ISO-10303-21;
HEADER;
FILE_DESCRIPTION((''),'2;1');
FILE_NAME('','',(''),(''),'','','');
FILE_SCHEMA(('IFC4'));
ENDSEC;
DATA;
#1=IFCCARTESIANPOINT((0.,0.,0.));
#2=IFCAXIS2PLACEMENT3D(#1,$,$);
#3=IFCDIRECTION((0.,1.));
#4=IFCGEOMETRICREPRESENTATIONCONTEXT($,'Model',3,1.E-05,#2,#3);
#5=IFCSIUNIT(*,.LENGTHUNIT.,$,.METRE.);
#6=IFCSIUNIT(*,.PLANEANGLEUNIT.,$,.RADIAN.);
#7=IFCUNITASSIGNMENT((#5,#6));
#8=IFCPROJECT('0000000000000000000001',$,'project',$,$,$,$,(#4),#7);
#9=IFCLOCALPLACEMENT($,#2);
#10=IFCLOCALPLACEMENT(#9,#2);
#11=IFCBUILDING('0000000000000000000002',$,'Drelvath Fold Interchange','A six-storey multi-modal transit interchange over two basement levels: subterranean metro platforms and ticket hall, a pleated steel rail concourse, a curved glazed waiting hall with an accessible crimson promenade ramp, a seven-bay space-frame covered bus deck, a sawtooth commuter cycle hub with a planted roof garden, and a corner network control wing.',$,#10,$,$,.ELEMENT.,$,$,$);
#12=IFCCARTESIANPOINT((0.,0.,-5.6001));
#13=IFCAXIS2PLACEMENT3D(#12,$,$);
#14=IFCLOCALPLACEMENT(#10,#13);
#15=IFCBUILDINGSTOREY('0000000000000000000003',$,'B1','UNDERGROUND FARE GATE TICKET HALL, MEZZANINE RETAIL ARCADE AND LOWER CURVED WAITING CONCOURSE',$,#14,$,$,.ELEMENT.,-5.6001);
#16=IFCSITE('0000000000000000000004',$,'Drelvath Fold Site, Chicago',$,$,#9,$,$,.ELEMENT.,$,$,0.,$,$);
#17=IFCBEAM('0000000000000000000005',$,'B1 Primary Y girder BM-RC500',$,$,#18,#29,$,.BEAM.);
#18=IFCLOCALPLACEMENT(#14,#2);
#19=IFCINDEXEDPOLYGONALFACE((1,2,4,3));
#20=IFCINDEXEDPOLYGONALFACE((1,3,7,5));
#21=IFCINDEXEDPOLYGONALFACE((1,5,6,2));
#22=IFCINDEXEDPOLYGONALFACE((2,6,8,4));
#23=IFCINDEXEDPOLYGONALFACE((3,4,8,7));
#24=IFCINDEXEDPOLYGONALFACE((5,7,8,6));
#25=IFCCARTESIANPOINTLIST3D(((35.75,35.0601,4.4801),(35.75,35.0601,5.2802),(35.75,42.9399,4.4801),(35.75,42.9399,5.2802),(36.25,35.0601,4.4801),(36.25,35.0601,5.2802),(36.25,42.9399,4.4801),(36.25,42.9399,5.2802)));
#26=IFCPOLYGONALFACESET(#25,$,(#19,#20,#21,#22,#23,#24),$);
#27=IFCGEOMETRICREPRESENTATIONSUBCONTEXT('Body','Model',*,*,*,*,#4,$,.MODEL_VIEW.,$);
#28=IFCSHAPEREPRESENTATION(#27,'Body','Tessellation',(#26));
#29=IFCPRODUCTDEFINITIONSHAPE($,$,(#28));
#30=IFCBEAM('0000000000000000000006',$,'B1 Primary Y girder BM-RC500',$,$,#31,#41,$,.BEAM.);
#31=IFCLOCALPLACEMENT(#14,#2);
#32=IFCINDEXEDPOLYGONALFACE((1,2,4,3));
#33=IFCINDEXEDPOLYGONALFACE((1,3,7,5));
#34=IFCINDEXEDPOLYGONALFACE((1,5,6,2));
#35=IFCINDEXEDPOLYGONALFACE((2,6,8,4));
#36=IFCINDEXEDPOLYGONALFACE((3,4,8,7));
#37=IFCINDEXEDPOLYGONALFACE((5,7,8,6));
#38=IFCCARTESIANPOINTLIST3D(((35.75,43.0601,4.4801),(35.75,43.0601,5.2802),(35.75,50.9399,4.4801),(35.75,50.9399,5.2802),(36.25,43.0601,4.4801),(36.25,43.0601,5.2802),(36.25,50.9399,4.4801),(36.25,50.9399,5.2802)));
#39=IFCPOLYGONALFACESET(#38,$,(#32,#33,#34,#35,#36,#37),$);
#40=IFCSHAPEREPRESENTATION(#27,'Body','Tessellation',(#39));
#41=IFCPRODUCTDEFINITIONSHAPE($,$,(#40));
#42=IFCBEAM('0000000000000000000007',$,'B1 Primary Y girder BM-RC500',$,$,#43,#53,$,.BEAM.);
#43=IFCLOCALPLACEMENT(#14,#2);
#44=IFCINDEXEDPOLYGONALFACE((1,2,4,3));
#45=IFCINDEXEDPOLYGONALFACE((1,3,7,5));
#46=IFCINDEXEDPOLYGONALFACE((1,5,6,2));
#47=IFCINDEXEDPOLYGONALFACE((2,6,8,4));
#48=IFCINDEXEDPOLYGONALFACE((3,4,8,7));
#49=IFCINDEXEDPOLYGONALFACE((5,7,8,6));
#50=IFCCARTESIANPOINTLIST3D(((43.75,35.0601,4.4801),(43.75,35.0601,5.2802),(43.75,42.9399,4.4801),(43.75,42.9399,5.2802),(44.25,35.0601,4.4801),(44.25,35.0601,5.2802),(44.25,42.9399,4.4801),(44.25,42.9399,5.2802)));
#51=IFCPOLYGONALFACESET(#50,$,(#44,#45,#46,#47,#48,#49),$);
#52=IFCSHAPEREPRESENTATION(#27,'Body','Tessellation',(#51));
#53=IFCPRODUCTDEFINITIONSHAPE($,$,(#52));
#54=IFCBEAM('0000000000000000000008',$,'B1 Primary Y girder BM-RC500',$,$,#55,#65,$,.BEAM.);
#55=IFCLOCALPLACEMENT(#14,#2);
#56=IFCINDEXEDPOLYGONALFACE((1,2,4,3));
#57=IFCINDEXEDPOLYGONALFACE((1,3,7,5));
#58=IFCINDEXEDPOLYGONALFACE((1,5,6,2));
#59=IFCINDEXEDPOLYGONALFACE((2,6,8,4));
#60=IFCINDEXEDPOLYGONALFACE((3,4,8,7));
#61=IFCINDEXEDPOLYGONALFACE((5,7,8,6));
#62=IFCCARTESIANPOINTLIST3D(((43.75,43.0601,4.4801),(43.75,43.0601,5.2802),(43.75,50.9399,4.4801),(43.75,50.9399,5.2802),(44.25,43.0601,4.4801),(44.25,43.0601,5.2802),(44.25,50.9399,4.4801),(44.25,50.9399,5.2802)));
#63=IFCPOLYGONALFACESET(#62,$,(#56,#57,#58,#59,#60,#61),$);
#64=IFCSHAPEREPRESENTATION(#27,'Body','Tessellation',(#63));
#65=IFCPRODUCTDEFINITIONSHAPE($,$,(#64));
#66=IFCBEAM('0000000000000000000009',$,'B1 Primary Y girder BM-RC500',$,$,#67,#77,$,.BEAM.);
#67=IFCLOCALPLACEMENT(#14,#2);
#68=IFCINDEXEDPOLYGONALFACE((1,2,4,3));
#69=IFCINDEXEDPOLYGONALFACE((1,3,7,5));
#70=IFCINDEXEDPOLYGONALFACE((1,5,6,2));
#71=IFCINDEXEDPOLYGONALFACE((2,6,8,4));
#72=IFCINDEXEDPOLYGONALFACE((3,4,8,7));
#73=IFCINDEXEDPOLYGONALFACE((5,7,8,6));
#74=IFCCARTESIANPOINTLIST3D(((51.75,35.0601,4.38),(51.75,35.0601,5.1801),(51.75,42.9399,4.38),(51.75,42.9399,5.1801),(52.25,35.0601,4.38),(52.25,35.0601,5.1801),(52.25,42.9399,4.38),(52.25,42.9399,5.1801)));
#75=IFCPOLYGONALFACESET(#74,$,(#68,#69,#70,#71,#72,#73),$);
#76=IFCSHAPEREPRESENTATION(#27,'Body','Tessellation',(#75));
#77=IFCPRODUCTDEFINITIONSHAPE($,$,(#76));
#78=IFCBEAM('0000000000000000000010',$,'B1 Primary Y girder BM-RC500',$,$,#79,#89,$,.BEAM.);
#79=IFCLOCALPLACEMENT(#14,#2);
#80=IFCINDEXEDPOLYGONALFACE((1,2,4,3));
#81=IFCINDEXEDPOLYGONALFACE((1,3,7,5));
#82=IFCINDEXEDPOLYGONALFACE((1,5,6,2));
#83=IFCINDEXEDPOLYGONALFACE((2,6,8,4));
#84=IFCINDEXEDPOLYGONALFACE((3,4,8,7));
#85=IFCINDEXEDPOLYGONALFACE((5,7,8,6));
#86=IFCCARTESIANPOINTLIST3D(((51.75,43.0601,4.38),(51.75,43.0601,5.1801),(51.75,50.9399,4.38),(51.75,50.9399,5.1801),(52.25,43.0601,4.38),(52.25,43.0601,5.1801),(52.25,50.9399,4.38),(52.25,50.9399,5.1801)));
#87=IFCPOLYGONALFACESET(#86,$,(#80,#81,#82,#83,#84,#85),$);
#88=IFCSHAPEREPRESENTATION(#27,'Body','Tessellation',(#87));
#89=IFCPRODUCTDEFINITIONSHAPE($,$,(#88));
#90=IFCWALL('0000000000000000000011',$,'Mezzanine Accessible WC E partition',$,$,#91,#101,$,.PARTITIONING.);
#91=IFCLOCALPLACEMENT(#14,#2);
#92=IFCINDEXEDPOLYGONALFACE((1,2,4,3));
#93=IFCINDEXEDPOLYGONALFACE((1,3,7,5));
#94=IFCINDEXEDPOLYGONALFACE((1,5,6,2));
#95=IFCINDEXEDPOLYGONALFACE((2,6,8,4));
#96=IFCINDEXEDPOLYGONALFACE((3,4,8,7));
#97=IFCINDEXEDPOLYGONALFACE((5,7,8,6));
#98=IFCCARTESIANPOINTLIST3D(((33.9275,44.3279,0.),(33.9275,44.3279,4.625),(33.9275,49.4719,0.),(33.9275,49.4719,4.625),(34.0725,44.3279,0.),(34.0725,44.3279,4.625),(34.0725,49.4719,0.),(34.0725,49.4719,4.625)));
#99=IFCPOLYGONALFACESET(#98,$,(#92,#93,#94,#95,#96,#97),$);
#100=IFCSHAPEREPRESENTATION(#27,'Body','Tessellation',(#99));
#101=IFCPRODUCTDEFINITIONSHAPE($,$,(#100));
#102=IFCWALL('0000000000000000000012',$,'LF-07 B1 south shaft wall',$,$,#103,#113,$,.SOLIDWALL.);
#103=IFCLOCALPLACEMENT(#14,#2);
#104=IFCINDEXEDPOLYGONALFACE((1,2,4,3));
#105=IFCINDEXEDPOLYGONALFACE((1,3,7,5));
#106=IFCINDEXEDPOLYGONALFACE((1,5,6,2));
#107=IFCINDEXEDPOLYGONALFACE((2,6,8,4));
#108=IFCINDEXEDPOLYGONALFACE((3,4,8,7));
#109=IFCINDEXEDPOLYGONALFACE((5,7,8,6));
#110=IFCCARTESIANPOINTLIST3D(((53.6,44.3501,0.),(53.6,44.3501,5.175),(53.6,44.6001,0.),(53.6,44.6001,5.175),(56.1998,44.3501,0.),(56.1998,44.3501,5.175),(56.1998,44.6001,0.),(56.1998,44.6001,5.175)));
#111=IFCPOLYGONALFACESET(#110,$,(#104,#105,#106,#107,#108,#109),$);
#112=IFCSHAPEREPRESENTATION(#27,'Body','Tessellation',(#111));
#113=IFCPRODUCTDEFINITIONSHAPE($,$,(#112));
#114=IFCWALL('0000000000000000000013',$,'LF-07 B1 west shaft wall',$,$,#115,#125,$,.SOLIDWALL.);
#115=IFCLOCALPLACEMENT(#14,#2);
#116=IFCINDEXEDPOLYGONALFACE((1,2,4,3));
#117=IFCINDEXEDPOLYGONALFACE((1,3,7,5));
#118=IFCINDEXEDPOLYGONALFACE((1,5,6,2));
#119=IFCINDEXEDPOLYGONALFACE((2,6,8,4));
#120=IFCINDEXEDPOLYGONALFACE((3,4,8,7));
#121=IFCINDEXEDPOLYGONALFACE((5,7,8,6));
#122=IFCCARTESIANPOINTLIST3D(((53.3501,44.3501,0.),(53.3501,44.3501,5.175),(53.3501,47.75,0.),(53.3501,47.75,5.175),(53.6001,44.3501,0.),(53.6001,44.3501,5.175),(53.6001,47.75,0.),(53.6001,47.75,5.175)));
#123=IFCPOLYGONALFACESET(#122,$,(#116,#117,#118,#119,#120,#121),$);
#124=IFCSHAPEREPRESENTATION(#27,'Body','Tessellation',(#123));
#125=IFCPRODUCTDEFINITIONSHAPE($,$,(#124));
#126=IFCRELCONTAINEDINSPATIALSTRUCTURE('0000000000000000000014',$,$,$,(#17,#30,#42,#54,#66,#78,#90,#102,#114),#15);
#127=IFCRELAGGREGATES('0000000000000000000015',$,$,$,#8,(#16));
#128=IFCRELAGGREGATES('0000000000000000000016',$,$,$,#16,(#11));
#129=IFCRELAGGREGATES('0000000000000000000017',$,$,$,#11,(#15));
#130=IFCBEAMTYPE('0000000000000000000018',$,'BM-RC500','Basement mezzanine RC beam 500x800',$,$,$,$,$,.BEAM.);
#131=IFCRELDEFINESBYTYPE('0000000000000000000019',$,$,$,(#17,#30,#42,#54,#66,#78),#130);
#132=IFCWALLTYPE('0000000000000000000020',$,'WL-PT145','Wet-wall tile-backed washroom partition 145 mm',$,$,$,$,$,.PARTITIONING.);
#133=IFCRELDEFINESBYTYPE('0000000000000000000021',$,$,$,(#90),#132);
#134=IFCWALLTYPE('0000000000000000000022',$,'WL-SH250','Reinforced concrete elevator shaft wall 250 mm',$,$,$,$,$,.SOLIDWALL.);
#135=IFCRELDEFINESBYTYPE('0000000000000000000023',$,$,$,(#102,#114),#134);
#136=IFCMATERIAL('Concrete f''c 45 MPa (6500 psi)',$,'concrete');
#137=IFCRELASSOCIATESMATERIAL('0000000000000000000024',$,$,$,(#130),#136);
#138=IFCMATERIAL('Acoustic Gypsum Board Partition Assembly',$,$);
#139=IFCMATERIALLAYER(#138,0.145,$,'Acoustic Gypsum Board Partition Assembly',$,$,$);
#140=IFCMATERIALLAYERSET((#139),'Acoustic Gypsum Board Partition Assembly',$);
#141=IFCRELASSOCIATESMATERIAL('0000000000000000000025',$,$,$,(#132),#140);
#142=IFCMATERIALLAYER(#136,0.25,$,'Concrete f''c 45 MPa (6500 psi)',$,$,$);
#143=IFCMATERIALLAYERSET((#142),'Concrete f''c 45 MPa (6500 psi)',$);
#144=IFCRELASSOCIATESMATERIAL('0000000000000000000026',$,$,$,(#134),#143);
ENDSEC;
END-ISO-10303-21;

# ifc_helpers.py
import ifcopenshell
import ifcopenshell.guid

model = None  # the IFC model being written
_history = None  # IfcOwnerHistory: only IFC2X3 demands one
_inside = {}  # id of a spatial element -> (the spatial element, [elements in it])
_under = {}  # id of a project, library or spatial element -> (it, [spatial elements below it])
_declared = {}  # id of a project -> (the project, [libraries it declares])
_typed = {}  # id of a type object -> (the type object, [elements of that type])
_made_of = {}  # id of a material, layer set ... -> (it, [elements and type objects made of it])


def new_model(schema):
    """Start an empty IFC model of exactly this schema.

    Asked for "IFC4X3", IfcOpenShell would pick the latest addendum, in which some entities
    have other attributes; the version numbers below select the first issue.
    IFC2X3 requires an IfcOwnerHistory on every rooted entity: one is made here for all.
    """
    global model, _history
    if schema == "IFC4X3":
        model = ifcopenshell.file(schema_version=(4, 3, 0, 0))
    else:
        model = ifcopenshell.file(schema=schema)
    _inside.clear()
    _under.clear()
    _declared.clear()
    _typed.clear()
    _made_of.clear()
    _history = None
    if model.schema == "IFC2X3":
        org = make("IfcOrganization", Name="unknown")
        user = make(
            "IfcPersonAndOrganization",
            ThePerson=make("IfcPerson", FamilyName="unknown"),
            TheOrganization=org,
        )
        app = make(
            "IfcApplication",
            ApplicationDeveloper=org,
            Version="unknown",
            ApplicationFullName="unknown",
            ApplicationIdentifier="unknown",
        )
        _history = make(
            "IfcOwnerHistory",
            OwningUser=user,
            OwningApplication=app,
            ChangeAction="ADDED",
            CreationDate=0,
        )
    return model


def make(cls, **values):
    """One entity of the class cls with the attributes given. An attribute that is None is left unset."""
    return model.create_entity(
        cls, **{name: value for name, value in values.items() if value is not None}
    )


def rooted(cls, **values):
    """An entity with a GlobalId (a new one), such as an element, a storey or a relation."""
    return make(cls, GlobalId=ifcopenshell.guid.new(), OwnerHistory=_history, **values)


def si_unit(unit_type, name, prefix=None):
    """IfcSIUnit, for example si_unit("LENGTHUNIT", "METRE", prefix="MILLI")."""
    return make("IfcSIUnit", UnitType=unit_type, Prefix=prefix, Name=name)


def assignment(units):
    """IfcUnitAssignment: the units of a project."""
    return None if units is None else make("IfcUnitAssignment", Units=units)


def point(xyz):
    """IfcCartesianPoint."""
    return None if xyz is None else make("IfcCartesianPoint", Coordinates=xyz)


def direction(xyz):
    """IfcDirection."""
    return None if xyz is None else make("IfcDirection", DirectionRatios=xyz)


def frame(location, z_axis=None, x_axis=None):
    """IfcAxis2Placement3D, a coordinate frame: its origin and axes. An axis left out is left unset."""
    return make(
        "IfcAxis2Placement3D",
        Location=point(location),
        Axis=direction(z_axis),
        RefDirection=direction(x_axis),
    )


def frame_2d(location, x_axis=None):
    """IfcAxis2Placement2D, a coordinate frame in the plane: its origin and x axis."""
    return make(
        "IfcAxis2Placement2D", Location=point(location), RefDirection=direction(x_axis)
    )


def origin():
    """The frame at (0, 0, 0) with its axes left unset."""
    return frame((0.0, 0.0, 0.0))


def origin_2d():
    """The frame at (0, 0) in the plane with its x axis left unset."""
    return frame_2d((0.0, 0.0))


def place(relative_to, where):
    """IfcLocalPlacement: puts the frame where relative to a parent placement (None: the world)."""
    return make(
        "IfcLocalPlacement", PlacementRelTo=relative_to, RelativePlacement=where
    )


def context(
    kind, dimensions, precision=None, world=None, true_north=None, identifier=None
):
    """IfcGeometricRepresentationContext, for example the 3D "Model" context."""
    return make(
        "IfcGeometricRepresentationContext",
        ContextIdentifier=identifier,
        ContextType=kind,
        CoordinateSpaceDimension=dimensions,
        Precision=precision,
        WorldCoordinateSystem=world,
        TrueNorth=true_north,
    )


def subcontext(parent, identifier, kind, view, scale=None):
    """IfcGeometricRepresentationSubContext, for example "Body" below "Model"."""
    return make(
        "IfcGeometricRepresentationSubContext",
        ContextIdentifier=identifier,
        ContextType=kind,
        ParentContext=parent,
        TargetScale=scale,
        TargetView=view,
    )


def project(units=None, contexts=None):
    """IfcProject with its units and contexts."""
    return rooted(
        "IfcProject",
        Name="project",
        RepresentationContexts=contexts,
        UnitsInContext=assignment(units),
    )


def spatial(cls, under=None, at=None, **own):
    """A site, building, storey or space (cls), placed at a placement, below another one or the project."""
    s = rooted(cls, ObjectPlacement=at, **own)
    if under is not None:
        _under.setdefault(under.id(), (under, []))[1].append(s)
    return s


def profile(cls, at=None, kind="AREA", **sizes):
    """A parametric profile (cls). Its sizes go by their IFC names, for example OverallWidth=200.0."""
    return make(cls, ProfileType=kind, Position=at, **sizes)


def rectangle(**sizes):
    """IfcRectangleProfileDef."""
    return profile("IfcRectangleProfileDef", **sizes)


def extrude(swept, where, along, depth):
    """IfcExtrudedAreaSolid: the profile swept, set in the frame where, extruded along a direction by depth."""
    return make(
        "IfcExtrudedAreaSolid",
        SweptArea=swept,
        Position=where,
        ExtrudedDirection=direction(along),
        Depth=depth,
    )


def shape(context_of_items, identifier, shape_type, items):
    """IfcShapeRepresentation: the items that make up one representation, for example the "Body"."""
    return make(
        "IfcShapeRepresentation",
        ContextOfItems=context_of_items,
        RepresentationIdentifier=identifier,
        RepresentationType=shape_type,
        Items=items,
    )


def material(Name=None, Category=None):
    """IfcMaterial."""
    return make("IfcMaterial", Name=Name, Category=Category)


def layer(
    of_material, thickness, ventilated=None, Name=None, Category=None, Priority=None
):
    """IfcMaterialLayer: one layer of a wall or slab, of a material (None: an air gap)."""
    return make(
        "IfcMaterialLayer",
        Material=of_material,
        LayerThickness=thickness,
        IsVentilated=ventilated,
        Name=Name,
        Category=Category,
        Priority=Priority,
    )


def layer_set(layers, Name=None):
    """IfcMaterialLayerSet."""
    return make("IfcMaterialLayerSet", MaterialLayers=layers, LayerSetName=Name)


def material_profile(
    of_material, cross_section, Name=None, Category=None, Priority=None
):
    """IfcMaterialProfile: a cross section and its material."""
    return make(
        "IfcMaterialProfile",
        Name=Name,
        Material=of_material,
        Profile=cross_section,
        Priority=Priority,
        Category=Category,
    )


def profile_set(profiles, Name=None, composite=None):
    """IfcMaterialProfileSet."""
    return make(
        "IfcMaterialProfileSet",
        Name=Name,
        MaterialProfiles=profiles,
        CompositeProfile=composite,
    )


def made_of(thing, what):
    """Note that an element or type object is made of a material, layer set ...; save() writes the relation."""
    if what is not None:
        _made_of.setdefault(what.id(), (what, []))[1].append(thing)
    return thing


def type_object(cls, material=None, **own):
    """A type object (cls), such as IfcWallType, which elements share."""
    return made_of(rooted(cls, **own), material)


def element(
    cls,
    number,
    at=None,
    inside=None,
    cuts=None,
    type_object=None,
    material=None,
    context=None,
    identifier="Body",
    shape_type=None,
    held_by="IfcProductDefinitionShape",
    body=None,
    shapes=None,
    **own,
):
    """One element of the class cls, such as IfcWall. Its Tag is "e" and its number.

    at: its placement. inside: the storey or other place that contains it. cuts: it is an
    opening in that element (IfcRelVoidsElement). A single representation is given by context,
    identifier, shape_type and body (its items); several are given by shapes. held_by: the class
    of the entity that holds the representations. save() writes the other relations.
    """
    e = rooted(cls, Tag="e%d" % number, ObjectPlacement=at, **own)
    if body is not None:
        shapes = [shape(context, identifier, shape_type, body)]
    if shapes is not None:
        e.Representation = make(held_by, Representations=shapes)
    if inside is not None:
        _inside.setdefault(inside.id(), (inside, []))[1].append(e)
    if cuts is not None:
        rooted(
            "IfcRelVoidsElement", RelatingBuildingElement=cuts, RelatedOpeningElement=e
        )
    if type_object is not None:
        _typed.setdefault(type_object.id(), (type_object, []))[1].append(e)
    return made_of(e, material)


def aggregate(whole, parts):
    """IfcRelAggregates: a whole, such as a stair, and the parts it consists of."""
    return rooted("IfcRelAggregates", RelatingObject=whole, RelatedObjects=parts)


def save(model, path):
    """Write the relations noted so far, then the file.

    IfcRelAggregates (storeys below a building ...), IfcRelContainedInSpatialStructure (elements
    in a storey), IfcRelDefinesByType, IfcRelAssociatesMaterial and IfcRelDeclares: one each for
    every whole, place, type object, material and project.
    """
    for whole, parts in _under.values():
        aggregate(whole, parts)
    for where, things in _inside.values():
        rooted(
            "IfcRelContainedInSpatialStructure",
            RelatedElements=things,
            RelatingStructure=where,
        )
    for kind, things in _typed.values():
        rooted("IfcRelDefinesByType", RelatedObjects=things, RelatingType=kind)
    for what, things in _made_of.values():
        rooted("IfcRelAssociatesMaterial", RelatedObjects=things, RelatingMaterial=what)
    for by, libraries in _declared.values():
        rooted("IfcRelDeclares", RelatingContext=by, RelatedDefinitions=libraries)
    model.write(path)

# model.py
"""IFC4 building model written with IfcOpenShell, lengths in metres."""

from ifc_helpers import new_model, si_unit, direction, frame, frame_2d, origin, origin_2d, place, context, subcontext, project, spatial, rectangle, extrude, material, layer, layer_set, material_profile, profile_set, type_object, element, save


model = new_model("IFC4")

# Units and contexts
model_context = context("Model", 3, precision=1e-05, world=origin(), true_north=direction((0.0, 1.0)))
body_context = subcontext(model_context, "Body", "Model", "MODEL_VIEW")
ifc_project = project(units=[si_unit("LENGTHUNIT", "METRE"), si_unit("PLANEANGLEUNIT", "RADIAN")], contexts=[model_context])

# Site, building, storey
site_placement = place(None, origin())
site = spatial("IfcSite", under=ifc_project, at=site_placement, Name="Drelvath Fold Site, Chicago", CompositionType="ELEMENT", RefElevation=0.0)
building_placement = place(site_placement, origin())
building = spatial("IfcBuilding", under=site, at=building_placement, Name="Drelvath Fold Interchange", Description="A six-storey multi-modal transit interchange over two basement levels: subterranean metro platforms and ticket hall, a pleated steel rail concourse, a curved glazed waiting hall with an accessible crimson promenade ramp, a seven-bay space-frame covered bus deck, a sawtooth commuter cycle hub with a planted roof garden, and a corner network control wing.", CompositionType="ELEMENT")
storey_placement = place(building_placement, frame((0.0, 0.0, -5.6001)))
storey = spatial("IfcBuildingStorey", under=building, at=storey_placement, Name="B1", Description="UNDERGROUND FARE GATE TICKET HALL, MEZZANINE RETAIL ARCADE AND LOWER CURVED WAITING CONCOURSE", CompositionType="ELEMENT", Elevation=-5.6001)

# Beams
ifc_material_1 = material(Name="Concrete f'c 45 MPa (6500 psi)", Category="concrete")
ifc_material_profile_1 = material_profile(ifc_material_1, rectangle(XDim=0.5, YDim=0.8, at=origin_2d()), Name="RC 500x800")
ifc_profile_set_1 = profile_set([ifc_material_profile_1], Name="Concrete f'c 45 MPa (6500 psi)")
beam_type_1 = type_object("IfcBeamType", Name="BM-RC500", Description="Basement mezzanine RC beam 500x800", PredefinedType="BEAM", material=ifc_profile_set_1)
for number, where, z_axis, x_axis, name in (
    (1, (36.0, 35.0601, 4.8801), (0.0, 1.0, 0.0), (-1.0, 0.0, 0.0), "B1 Primary Y girder BM-RC500"),
    (2, (36.0, 43.0601, 4.8801), (0.0, 1.0, 0.0), (-1.0, 0.0, 0.0), "B1 Primary Y girder BM-RC500"),
    (3, (44.0, 35.0601, 4.8801), (0.0, 1.0, 0.0), (-1.0, 0.0, 0.0), "B1 Primary Y girder BM-RC500"),
    (4, (44.0, 43.0601, 4.8801), (0.0, 1.0, 0.0), (-1.0, 0.0, 0.0), "B1 Primary Y girder BM-RC500"),
    (5, (52.0, 35.0601, 4.78), (0.0, 1.0, 0.0), (-1.0, 0.0, 0.0), "B1 Primary Y girder BM-RC500"),
    (6, (52.0, 43.0601, 4.78), (0.0, 1.0, 0.0), (-1.0, 0.0, 0.0), "B1 Primary Y girder BM-RC500"),
):
    element("IfcBeam", number, at=place(storey_placement, frame(where, z_axis=z_axis, x_axis=x_axis)), inside=storey, type_object=beam_type_1, Name=name, PredefinedType="BEAM", context=body_context, shape_type="SweptSolid", body=[
        extrude(rectangle(XDim=0.5, YDim=0.8, at=origin_2d()), origin(), (0.0, 0.0, 1.0), 7.8799),
    ])

# Walls
ifc_material_2 = material(Name="Acoustic Gypsum Board Partition Assembly")
ifc_layer_1 = layer(ifc_material_2, 0.145, Name="Acoustic Gypsum Board Partition Assembly")
ifc_layer_set_1 = layer_set([ifc_layer_1], Name="Acoustic Gypsum Board Partition Assembly")
wall_type_1 = type_object("IfcWallType", Name="WL-PT145", Description="Wet-wall tile-backed washroom partition 145 mm", PredefinedType="PARTITIONING", material=ifc_layer_set_1)
wall_1_placement = place(storey_placement, frame((34.0, 44.3279, 0.0), z_axis=(0.0, 0.0, 1.0), x_axis=(0.0, 1.0, 0.0)))
element("IfcWall", 7, at=wall_1_placement, inside=storey, type_object=wall_type_1, Name="Mezzanine Accessible WC E partition", PredefinedType="PARTITIONING", context=body_context, shape_type="SweptSolid", body=[
    extrude(rectangle(XDim=5.144, YDim=0.145, at=frame_2d((2.572, 0.0))), origin(), (0.0, 0.0, 1.0), 4.625),
])
ifc_layer_2 = layer(ifc_material_1, 0.25, Name="Concrete f'c 45 MPa (6500 psi)")
ifc_layer_set_2 = layer_set([ifc_layer_2], Name="Concrete f'c 45 MPa (6500 psi)")
wall_type_2 = type_object("IfcWallType", Name="WL-SH250", Description="Reinforced concrete elevator shaft wall 250 mm", PredefinedType="SOLIDWALL", material=ifc_layer_set_2)
wall_2_placement = place(storey_placement, frame((53.6001, 44.4751, 0.0), z_axis=(0.0, 0.0, 1.0), x_axis=(1.0, 0.0, 0.0)))
element("IfcWall", 8, at=wall_2_placement, inside=storey, type_object=wall_type_2, Name="LF-07 B1 south shaft wall", PredefinedType="SOLIDWALL", context=body_context, shape_type="SweptSolid", body=[
    extrude(rectangle(XDim=2.5999, YDim=0.25, at=frame_2d((1.2998, 0.0))), origin(), (0.0, 0.0, 1.0), 5.175),
])
wall_3_placement = place(storey_placement, frame((53.4751, 47.75, 0.0), z_axis=(0.0, 0.0, 1.0), x_axis=(0.0, -1.0, 0.0)))
element("IfcWall", 9, at=wall_3_placement, inside=storey, type_object=wall_type_2, Name="LF-07 B1 west shaft wall", PredefinedType="SOLIDWALL", context=body_context, shape_type="SweptSolid", body=[
    extrude(rectangle(XDim=3.3999, YDim=0.25, at=frame_2d((1.7, 0.0))), origin(), (0.0, 0.0, 1.0), 5.175),
])

save(model, "model.ifc")
